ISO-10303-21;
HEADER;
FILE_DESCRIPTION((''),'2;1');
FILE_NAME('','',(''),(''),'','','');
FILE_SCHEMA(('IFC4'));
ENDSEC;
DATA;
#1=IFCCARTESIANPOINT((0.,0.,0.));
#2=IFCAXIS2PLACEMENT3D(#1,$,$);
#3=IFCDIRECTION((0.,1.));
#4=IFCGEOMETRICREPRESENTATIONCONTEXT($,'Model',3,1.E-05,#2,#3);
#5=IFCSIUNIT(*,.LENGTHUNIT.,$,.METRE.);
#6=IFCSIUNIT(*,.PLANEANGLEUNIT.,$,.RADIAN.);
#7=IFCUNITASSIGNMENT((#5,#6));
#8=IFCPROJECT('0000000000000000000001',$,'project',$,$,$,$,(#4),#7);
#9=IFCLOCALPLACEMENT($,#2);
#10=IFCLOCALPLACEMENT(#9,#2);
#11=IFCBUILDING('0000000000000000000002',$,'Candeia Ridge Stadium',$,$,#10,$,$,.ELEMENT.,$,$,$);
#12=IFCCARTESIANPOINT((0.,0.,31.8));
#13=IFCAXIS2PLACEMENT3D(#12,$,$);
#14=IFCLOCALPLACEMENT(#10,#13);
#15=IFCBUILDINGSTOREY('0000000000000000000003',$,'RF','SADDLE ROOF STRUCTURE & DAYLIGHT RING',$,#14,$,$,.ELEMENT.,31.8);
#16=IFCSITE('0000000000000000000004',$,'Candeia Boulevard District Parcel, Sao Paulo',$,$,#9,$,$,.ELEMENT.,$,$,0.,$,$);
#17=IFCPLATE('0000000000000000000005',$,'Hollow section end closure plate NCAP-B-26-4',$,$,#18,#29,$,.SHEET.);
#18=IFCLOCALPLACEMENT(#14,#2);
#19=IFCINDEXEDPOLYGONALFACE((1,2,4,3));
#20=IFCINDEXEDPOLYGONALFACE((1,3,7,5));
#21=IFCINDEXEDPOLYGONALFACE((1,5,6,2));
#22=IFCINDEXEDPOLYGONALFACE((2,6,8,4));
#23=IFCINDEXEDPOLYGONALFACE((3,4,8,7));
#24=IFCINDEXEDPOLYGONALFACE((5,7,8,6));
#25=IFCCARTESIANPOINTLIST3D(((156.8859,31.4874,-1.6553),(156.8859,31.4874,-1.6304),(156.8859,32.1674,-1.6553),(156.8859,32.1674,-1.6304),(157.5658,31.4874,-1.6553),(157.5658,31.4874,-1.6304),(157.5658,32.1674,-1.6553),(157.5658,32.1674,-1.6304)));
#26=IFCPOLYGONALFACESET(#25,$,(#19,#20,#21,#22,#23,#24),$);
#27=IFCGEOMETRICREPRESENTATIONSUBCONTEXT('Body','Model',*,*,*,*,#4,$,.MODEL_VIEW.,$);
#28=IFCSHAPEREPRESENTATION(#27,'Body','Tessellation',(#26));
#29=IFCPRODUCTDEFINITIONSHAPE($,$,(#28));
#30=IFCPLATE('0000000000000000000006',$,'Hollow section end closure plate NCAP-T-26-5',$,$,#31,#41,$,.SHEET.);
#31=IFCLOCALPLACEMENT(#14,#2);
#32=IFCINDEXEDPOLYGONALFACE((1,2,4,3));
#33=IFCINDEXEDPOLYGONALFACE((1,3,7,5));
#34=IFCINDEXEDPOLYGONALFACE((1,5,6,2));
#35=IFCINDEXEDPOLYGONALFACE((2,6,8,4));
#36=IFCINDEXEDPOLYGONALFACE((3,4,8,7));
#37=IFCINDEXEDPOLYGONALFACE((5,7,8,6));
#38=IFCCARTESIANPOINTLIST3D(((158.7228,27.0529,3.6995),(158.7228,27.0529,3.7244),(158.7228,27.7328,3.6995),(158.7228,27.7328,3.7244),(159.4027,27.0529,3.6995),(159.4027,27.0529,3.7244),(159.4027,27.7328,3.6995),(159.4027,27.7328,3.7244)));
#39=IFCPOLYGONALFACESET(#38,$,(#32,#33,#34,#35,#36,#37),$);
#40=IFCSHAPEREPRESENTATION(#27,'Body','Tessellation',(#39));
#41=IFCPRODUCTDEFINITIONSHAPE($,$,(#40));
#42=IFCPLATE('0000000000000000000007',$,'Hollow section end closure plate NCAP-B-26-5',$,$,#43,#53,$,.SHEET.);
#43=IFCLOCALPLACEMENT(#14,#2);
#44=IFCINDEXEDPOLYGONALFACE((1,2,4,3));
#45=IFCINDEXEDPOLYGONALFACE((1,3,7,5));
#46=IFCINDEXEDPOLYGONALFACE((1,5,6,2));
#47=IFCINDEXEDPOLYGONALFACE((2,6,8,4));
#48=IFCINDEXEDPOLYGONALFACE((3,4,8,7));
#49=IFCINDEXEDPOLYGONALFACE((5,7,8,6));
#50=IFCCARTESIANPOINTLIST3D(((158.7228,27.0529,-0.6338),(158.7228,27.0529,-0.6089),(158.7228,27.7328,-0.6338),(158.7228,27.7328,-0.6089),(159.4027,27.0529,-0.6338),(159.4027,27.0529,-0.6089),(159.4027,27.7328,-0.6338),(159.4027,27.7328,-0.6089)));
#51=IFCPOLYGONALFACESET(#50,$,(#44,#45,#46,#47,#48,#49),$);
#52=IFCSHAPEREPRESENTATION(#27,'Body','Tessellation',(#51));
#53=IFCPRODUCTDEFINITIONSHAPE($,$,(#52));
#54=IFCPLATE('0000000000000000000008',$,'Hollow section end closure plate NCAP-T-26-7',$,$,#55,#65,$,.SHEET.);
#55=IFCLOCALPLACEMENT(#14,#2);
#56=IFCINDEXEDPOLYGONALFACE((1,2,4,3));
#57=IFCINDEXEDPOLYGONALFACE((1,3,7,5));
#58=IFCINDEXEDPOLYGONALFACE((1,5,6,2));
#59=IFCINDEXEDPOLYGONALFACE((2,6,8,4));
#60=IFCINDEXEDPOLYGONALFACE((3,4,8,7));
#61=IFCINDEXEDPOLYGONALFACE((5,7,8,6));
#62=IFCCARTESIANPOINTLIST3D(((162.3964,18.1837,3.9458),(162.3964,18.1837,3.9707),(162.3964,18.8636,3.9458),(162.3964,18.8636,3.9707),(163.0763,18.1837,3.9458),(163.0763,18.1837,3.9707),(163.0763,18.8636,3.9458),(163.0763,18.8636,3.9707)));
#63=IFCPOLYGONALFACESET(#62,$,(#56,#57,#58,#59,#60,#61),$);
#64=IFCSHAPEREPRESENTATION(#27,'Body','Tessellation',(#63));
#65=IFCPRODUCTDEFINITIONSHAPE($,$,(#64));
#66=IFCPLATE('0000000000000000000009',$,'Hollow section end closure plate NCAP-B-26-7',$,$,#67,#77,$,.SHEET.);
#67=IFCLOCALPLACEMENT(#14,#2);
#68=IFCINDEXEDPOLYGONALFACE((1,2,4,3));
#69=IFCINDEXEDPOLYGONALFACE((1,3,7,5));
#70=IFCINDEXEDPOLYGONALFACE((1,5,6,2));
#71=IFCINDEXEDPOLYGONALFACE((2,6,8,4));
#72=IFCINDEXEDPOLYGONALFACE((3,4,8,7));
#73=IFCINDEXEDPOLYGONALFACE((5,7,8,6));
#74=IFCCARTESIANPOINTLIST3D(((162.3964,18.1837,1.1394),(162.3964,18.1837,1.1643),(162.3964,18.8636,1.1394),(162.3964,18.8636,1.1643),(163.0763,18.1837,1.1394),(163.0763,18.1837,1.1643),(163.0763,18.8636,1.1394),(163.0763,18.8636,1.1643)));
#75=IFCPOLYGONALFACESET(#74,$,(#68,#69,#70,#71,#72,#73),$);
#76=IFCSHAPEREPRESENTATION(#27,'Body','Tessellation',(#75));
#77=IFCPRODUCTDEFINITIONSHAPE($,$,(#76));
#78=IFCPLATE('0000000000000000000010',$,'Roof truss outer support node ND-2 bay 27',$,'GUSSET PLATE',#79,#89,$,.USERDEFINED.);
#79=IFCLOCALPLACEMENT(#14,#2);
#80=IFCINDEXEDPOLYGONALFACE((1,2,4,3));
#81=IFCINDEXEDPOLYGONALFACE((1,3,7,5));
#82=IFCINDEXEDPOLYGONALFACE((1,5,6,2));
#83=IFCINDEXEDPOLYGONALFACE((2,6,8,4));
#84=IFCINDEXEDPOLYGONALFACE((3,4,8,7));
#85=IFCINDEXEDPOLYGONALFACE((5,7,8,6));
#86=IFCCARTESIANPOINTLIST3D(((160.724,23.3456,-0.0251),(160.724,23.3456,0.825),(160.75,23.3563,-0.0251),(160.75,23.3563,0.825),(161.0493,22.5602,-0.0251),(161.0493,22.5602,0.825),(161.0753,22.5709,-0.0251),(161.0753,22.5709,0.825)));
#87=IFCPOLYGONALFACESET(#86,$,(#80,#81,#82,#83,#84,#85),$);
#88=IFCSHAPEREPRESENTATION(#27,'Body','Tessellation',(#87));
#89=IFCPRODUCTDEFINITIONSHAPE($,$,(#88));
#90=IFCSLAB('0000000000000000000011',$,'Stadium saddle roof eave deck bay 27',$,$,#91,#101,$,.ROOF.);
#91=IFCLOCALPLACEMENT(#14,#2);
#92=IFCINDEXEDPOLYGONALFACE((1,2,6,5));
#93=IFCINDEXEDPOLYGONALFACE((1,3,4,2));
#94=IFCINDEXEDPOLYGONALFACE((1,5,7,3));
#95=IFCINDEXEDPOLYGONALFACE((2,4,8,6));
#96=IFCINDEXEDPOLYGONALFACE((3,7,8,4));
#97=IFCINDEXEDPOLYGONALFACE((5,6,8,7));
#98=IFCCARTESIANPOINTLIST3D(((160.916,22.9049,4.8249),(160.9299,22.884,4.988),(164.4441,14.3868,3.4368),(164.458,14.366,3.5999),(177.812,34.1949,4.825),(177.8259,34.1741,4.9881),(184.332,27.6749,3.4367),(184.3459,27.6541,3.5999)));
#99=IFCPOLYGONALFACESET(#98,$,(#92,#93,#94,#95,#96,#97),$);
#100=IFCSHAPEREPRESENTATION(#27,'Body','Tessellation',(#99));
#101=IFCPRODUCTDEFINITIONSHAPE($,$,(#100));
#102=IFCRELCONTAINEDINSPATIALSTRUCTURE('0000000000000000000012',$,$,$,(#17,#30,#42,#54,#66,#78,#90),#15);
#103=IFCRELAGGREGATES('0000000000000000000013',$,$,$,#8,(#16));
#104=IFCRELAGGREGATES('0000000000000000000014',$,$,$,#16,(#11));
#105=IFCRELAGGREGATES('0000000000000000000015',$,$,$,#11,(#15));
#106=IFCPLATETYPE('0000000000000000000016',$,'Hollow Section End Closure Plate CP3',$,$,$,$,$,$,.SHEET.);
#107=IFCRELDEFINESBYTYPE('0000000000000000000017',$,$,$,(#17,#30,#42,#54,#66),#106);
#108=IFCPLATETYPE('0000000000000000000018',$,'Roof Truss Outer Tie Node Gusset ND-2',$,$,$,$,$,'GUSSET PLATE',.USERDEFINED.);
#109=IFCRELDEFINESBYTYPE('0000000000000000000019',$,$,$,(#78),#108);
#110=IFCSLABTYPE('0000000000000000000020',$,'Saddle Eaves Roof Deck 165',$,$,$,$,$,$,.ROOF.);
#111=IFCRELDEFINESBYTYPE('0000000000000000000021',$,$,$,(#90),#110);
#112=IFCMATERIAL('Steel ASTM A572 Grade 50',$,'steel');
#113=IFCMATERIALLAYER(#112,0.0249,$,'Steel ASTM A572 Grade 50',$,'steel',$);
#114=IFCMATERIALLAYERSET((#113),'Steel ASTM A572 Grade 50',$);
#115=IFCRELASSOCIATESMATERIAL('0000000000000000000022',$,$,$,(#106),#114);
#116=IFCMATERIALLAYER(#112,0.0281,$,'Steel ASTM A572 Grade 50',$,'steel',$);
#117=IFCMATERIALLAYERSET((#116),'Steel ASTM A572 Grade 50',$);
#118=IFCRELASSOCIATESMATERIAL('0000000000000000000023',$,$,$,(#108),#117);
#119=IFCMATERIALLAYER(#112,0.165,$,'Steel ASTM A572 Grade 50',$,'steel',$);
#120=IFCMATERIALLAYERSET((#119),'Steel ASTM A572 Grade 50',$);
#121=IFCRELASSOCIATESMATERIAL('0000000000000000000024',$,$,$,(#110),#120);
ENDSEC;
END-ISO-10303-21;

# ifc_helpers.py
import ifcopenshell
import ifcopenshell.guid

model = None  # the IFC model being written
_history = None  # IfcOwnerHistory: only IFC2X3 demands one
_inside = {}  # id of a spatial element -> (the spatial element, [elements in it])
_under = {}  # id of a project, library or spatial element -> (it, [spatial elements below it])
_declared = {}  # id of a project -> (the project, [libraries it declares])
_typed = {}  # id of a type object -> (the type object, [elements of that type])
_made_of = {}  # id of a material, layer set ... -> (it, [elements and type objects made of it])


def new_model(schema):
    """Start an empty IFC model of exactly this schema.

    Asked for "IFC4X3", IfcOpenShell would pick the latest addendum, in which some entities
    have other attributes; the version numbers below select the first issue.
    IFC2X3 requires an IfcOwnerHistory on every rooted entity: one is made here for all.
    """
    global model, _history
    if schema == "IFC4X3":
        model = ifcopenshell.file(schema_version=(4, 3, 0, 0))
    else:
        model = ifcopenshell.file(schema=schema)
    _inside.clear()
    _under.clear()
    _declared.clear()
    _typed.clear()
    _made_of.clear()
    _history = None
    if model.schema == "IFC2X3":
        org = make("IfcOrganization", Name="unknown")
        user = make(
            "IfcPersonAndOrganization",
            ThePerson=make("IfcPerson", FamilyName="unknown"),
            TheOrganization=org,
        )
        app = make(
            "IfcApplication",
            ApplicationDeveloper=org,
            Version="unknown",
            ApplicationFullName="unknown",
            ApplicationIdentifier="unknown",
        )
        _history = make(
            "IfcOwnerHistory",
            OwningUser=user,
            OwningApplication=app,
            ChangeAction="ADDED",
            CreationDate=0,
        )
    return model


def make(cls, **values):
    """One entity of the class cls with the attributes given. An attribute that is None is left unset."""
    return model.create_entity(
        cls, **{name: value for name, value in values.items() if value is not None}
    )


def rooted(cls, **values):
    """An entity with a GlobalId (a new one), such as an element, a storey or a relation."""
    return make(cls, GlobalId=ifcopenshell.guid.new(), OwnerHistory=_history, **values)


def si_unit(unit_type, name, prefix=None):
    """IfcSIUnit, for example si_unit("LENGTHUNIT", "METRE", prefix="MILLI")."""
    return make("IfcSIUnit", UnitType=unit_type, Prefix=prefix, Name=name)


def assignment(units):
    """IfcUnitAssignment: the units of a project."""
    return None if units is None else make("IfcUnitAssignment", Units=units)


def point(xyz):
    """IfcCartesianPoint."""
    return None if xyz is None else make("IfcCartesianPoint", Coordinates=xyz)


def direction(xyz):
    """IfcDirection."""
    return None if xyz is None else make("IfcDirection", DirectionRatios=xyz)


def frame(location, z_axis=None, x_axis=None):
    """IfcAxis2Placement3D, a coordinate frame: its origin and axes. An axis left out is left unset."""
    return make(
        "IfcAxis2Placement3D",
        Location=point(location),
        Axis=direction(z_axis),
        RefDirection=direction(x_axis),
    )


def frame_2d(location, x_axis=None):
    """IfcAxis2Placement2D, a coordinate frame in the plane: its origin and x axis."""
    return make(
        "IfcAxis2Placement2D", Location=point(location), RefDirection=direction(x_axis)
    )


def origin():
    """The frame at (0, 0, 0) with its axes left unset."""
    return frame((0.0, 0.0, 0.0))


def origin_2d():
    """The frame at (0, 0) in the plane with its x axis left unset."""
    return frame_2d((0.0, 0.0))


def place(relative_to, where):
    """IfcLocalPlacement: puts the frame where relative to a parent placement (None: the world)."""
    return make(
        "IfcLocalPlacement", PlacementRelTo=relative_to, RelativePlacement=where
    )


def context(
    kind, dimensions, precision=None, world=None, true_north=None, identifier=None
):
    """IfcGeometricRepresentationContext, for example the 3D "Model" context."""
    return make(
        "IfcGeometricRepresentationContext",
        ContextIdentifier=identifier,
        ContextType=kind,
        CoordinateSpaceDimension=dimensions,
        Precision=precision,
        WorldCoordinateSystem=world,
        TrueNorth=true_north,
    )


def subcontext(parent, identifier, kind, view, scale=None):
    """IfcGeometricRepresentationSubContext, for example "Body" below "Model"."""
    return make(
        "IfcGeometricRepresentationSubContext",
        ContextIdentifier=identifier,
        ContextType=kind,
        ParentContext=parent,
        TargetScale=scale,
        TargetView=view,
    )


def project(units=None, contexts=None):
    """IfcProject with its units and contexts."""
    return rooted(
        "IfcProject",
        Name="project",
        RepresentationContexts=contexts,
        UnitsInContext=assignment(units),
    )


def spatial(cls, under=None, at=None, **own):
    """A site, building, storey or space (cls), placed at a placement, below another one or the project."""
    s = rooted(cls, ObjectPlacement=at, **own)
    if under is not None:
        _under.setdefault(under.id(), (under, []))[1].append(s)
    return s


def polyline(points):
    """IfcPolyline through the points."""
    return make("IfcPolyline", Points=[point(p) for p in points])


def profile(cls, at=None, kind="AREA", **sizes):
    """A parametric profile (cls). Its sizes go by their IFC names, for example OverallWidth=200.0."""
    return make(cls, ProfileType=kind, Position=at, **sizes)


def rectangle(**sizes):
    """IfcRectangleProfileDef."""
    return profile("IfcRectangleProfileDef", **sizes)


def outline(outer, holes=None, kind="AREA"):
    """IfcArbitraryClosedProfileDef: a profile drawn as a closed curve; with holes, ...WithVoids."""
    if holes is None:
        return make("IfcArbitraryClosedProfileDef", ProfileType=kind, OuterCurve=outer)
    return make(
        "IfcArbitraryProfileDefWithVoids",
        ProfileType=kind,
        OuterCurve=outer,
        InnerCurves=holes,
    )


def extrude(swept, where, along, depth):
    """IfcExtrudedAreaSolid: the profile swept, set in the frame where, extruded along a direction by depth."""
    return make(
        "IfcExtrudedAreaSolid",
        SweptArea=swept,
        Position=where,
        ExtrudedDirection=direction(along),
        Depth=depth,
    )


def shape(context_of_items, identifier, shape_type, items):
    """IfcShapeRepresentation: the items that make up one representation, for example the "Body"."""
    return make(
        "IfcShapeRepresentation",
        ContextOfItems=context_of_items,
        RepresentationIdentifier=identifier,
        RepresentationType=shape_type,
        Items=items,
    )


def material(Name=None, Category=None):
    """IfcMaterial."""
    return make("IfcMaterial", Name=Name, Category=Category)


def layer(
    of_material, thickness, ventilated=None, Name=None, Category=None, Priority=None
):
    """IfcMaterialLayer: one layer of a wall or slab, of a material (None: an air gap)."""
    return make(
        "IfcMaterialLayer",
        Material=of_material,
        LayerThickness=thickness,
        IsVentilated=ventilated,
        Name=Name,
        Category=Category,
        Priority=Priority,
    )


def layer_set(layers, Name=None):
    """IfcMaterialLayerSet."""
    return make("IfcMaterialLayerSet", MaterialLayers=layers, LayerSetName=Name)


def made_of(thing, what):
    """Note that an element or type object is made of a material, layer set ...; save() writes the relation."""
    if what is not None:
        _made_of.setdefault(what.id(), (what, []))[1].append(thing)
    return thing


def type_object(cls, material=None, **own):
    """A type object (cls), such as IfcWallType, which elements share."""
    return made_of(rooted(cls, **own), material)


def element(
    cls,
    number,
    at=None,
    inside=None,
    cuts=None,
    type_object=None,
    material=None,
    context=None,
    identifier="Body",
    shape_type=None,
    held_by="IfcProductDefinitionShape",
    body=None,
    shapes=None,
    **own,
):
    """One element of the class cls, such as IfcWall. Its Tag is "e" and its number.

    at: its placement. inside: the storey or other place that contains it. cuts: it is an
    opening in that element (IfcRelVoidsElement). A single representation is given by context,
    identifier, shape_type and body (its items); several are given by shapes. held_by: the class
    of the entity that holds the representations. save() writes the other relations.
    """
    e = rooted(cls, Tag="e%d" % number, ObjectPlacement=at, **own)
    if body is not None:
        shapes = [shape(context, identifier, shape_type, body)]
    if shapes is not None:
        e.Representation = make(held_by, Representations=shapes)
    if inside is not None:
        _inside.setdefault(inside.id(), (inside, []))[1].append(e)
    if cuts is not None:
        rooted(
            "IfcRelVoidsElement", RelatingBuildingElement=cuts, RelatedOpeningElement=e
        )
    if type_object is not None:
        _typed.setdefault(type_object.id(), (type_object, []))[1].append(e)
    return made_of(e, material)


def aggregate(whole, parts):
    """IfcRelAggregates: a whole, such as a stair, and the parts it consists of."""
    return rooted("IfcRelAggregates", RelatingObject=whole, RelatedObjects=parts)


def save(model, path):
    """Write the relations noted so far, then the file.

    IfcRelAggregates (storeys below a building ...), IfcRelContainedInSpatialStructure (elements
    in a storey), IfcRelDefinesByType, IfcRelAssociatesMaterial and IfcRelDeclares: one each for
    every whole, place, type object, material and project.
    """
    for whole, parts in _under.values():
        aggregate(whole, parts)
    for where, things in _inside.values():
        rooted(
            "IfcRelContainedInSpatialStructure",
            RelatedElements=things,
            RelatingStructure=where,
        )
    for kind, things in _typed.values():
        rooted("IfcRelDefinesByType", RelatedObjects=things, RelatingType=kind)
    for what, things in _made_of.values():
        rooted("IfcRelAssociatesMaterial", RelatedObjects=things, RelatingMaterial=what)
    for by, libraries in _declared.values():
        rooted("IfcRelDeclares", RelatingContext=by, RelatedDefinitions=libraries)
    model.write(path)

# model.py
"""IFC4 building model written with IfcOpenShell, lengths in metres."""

from ifc_helpers import new_model, si_unit, direction, frame, origin, origin_2d, place, context, subcontext, project, spatial, polyline, rectangle, outline, extrude, material, layer, layer_set, type_object, element, save


model = new_model("IFC4")

# Units and contexts
model_context = context("Model", 3, precision=1e-05, world=origin(), true_north=direction((0.0, 1.0)))
body_context = subcontext(model_context, "Body", "Model", "MODEL_VIEW")
ifc_project = project(units=[si_unit("LENGTHUNIT", "METRE"), si_unit("PLANEANGLEUNIT", "RADIAN")], contexts=[model_context])

# Site, building, storey
site_placement = place(None, origin())
site = spatial("IfcSite", under=ifc_project, at=site_placement, Name="Candeia Boulevard District Parcel, Sao Paulo", CompositionType="ELEMENT", RefElevation=0.0)
building_placement = place(site_placement, origin())
building = spatial("IfcBuilding", under=site, at=building_placement, Name="Candeia Ridge Stadium", CompositionType="ELEMENT")
storey_placement = place(building_placement, frame((0.0, 0.0, 31.8)))
storey = spatial("IfcBuildingStorey", under=building, at=storey_placement, Name="RF", Description="SADDLE ROOF STRUCTURE & DAYLIGHT RING", CompositionType="ELEMENT", Elevation=31.8)

# Shared definitions
ifc_material_1 = material(Name="Steel ASTM A572 Grade 50", Category="steel")

# Plates
ifc_layer_1 = layer(ifc_material_1, 0.0249, Name="Steel ASTM A572 Grade 50", Category="steel")
ifc_layer_set_1 = layer_set([ifc_layer_1], Name="Steel ASTM A572 Grade 50")
plate_type_1 = type_object("IfcPlateType", Name="Hollow Section End Closure Plate CP3", PredefinedType="SHEET", material=ifc_layer_set_1)
for number, where, z_axis, x_axis, name in (
    (1, (157.2258, 31.8274, -1.6553), (0.0, 0.0, 1.0), (1.0, 0.0, 0.0), "Hollow section end closure plate NCAP-B-26-4"),
    (2, (159.0627, 27.3928, 3.6995), (0.0, 0.0, 1.0), (1.0, 0.0, 0.0), "Hollow section end closure plate NCAP-T-26-5"),
    (3, (159.0627, 27.3928, -0.6338), (0.0, 0.0, 1.0), (1.0, 0.0, 0.0), "Hollow section end closure plate NCAP-B-26-5"),
    (4, (162.7363, 18.5237, 3.9458), (0.0, 0.0, 1.0), (1.0, 0.0, 0.0), "Hollow section end closure plate NCAP-T-26-7"),
    (5, (162.7363, 18.5237, 1.1394), (0.0, 0.0, 1.0), (1.0, 0.0, 0.0), "Hollow section end closure plate NCAP-B-26-7"),
):
    element("IfcPlate", number, at=place(storey_placement, frame(where, z_axis=z_axis, x_axis=x_axis)), inside=storey, type_object=plate_type_1, Name=name, PredefinedType="SHEET", context=body_context, shape_type="SweptSolid", body=[
        extrude(rectangle(XDim=0.6799, YDim=0.6799, at=origin_2d()), origin(), (0.0, 0.0, 1.0), 0.0249),
    ])
ifc_layer_2 = layer(ifc_material_1, 0.0281, Name="Steel ASTM A572 Grade 50", Category="steel")
ifc_layer_set_2 = layer_set([ifc_layer_2], Name="Steel ASTM A572 Grade 50")
plate_type_2 = type_object("IfcPlateType", Name="Roof Truss Outer Tie Node Gusset ND-2", ElementType="GUSSET PLATE", PredefinedType="USERDEFINED", material=ifc_layer_set_2)
plate_1_placement = place(storey_placement, frame((160.8997, 22.9583, -0.0251), z_axis=(0.0, 0.0, 1.0), x_axis=(0.382683, -0.92388, 0.0)))
element("IfcPlate", 6, at=plate_1_placement, inside=storey, type_object=plate_type_2, Name="Roof truss outer support node ND-2 bay 27", ObjectType="GUSSET PLATE", PredefinedType="USERDEFINED", context=body_context, shape_type="SweptSolid", body=[
    extrude(rectangle(XDim=0.8501, YDim=0.0281, at=origin_2d()), origin(), (0.0, 0.0, 1.0), 0.8501),
])

# Slab
ifc_layer_3 = layer(ifc_material_1, 0.165, Name="Steel ASTM A572 Grade 50", Category="steel")
ifc_layer_set_3 = layer_set([ifc_layer_3], Name="Steel ASTM A572 Grade 50")
slab_type = type_object("IfcSlabType", Name="Saddle Eaves Roof Deck 165", PredefinedType="ROOF", material=ifc_layer_set_3)
slab_placement = place(storey_placement, frame((160.9299, 22.884, 4.988), z_axis=(0.084297, -0.12616, 0.988422), x_axis=(0.831459, 0.555587, 0.000003)))
element("IfcSlab", 7, at=slab_placement, inside=storey, type_object=slab_type, Name="Stadium saddle roof eave deck bay 27", PredefinedType="ROOF", context=body_context, shape_type="SweptSolid", body=[
    extrude(outline(polyline([(0.0, 0.0), (20.3209, 0.0), (22.1196, -9.1495), (-1.7991, -9.1485), (0.0, 0.0)])), origin(), (0.0, 0.0, -1.0), 0.165),
])

save(model, "model.ifc")
